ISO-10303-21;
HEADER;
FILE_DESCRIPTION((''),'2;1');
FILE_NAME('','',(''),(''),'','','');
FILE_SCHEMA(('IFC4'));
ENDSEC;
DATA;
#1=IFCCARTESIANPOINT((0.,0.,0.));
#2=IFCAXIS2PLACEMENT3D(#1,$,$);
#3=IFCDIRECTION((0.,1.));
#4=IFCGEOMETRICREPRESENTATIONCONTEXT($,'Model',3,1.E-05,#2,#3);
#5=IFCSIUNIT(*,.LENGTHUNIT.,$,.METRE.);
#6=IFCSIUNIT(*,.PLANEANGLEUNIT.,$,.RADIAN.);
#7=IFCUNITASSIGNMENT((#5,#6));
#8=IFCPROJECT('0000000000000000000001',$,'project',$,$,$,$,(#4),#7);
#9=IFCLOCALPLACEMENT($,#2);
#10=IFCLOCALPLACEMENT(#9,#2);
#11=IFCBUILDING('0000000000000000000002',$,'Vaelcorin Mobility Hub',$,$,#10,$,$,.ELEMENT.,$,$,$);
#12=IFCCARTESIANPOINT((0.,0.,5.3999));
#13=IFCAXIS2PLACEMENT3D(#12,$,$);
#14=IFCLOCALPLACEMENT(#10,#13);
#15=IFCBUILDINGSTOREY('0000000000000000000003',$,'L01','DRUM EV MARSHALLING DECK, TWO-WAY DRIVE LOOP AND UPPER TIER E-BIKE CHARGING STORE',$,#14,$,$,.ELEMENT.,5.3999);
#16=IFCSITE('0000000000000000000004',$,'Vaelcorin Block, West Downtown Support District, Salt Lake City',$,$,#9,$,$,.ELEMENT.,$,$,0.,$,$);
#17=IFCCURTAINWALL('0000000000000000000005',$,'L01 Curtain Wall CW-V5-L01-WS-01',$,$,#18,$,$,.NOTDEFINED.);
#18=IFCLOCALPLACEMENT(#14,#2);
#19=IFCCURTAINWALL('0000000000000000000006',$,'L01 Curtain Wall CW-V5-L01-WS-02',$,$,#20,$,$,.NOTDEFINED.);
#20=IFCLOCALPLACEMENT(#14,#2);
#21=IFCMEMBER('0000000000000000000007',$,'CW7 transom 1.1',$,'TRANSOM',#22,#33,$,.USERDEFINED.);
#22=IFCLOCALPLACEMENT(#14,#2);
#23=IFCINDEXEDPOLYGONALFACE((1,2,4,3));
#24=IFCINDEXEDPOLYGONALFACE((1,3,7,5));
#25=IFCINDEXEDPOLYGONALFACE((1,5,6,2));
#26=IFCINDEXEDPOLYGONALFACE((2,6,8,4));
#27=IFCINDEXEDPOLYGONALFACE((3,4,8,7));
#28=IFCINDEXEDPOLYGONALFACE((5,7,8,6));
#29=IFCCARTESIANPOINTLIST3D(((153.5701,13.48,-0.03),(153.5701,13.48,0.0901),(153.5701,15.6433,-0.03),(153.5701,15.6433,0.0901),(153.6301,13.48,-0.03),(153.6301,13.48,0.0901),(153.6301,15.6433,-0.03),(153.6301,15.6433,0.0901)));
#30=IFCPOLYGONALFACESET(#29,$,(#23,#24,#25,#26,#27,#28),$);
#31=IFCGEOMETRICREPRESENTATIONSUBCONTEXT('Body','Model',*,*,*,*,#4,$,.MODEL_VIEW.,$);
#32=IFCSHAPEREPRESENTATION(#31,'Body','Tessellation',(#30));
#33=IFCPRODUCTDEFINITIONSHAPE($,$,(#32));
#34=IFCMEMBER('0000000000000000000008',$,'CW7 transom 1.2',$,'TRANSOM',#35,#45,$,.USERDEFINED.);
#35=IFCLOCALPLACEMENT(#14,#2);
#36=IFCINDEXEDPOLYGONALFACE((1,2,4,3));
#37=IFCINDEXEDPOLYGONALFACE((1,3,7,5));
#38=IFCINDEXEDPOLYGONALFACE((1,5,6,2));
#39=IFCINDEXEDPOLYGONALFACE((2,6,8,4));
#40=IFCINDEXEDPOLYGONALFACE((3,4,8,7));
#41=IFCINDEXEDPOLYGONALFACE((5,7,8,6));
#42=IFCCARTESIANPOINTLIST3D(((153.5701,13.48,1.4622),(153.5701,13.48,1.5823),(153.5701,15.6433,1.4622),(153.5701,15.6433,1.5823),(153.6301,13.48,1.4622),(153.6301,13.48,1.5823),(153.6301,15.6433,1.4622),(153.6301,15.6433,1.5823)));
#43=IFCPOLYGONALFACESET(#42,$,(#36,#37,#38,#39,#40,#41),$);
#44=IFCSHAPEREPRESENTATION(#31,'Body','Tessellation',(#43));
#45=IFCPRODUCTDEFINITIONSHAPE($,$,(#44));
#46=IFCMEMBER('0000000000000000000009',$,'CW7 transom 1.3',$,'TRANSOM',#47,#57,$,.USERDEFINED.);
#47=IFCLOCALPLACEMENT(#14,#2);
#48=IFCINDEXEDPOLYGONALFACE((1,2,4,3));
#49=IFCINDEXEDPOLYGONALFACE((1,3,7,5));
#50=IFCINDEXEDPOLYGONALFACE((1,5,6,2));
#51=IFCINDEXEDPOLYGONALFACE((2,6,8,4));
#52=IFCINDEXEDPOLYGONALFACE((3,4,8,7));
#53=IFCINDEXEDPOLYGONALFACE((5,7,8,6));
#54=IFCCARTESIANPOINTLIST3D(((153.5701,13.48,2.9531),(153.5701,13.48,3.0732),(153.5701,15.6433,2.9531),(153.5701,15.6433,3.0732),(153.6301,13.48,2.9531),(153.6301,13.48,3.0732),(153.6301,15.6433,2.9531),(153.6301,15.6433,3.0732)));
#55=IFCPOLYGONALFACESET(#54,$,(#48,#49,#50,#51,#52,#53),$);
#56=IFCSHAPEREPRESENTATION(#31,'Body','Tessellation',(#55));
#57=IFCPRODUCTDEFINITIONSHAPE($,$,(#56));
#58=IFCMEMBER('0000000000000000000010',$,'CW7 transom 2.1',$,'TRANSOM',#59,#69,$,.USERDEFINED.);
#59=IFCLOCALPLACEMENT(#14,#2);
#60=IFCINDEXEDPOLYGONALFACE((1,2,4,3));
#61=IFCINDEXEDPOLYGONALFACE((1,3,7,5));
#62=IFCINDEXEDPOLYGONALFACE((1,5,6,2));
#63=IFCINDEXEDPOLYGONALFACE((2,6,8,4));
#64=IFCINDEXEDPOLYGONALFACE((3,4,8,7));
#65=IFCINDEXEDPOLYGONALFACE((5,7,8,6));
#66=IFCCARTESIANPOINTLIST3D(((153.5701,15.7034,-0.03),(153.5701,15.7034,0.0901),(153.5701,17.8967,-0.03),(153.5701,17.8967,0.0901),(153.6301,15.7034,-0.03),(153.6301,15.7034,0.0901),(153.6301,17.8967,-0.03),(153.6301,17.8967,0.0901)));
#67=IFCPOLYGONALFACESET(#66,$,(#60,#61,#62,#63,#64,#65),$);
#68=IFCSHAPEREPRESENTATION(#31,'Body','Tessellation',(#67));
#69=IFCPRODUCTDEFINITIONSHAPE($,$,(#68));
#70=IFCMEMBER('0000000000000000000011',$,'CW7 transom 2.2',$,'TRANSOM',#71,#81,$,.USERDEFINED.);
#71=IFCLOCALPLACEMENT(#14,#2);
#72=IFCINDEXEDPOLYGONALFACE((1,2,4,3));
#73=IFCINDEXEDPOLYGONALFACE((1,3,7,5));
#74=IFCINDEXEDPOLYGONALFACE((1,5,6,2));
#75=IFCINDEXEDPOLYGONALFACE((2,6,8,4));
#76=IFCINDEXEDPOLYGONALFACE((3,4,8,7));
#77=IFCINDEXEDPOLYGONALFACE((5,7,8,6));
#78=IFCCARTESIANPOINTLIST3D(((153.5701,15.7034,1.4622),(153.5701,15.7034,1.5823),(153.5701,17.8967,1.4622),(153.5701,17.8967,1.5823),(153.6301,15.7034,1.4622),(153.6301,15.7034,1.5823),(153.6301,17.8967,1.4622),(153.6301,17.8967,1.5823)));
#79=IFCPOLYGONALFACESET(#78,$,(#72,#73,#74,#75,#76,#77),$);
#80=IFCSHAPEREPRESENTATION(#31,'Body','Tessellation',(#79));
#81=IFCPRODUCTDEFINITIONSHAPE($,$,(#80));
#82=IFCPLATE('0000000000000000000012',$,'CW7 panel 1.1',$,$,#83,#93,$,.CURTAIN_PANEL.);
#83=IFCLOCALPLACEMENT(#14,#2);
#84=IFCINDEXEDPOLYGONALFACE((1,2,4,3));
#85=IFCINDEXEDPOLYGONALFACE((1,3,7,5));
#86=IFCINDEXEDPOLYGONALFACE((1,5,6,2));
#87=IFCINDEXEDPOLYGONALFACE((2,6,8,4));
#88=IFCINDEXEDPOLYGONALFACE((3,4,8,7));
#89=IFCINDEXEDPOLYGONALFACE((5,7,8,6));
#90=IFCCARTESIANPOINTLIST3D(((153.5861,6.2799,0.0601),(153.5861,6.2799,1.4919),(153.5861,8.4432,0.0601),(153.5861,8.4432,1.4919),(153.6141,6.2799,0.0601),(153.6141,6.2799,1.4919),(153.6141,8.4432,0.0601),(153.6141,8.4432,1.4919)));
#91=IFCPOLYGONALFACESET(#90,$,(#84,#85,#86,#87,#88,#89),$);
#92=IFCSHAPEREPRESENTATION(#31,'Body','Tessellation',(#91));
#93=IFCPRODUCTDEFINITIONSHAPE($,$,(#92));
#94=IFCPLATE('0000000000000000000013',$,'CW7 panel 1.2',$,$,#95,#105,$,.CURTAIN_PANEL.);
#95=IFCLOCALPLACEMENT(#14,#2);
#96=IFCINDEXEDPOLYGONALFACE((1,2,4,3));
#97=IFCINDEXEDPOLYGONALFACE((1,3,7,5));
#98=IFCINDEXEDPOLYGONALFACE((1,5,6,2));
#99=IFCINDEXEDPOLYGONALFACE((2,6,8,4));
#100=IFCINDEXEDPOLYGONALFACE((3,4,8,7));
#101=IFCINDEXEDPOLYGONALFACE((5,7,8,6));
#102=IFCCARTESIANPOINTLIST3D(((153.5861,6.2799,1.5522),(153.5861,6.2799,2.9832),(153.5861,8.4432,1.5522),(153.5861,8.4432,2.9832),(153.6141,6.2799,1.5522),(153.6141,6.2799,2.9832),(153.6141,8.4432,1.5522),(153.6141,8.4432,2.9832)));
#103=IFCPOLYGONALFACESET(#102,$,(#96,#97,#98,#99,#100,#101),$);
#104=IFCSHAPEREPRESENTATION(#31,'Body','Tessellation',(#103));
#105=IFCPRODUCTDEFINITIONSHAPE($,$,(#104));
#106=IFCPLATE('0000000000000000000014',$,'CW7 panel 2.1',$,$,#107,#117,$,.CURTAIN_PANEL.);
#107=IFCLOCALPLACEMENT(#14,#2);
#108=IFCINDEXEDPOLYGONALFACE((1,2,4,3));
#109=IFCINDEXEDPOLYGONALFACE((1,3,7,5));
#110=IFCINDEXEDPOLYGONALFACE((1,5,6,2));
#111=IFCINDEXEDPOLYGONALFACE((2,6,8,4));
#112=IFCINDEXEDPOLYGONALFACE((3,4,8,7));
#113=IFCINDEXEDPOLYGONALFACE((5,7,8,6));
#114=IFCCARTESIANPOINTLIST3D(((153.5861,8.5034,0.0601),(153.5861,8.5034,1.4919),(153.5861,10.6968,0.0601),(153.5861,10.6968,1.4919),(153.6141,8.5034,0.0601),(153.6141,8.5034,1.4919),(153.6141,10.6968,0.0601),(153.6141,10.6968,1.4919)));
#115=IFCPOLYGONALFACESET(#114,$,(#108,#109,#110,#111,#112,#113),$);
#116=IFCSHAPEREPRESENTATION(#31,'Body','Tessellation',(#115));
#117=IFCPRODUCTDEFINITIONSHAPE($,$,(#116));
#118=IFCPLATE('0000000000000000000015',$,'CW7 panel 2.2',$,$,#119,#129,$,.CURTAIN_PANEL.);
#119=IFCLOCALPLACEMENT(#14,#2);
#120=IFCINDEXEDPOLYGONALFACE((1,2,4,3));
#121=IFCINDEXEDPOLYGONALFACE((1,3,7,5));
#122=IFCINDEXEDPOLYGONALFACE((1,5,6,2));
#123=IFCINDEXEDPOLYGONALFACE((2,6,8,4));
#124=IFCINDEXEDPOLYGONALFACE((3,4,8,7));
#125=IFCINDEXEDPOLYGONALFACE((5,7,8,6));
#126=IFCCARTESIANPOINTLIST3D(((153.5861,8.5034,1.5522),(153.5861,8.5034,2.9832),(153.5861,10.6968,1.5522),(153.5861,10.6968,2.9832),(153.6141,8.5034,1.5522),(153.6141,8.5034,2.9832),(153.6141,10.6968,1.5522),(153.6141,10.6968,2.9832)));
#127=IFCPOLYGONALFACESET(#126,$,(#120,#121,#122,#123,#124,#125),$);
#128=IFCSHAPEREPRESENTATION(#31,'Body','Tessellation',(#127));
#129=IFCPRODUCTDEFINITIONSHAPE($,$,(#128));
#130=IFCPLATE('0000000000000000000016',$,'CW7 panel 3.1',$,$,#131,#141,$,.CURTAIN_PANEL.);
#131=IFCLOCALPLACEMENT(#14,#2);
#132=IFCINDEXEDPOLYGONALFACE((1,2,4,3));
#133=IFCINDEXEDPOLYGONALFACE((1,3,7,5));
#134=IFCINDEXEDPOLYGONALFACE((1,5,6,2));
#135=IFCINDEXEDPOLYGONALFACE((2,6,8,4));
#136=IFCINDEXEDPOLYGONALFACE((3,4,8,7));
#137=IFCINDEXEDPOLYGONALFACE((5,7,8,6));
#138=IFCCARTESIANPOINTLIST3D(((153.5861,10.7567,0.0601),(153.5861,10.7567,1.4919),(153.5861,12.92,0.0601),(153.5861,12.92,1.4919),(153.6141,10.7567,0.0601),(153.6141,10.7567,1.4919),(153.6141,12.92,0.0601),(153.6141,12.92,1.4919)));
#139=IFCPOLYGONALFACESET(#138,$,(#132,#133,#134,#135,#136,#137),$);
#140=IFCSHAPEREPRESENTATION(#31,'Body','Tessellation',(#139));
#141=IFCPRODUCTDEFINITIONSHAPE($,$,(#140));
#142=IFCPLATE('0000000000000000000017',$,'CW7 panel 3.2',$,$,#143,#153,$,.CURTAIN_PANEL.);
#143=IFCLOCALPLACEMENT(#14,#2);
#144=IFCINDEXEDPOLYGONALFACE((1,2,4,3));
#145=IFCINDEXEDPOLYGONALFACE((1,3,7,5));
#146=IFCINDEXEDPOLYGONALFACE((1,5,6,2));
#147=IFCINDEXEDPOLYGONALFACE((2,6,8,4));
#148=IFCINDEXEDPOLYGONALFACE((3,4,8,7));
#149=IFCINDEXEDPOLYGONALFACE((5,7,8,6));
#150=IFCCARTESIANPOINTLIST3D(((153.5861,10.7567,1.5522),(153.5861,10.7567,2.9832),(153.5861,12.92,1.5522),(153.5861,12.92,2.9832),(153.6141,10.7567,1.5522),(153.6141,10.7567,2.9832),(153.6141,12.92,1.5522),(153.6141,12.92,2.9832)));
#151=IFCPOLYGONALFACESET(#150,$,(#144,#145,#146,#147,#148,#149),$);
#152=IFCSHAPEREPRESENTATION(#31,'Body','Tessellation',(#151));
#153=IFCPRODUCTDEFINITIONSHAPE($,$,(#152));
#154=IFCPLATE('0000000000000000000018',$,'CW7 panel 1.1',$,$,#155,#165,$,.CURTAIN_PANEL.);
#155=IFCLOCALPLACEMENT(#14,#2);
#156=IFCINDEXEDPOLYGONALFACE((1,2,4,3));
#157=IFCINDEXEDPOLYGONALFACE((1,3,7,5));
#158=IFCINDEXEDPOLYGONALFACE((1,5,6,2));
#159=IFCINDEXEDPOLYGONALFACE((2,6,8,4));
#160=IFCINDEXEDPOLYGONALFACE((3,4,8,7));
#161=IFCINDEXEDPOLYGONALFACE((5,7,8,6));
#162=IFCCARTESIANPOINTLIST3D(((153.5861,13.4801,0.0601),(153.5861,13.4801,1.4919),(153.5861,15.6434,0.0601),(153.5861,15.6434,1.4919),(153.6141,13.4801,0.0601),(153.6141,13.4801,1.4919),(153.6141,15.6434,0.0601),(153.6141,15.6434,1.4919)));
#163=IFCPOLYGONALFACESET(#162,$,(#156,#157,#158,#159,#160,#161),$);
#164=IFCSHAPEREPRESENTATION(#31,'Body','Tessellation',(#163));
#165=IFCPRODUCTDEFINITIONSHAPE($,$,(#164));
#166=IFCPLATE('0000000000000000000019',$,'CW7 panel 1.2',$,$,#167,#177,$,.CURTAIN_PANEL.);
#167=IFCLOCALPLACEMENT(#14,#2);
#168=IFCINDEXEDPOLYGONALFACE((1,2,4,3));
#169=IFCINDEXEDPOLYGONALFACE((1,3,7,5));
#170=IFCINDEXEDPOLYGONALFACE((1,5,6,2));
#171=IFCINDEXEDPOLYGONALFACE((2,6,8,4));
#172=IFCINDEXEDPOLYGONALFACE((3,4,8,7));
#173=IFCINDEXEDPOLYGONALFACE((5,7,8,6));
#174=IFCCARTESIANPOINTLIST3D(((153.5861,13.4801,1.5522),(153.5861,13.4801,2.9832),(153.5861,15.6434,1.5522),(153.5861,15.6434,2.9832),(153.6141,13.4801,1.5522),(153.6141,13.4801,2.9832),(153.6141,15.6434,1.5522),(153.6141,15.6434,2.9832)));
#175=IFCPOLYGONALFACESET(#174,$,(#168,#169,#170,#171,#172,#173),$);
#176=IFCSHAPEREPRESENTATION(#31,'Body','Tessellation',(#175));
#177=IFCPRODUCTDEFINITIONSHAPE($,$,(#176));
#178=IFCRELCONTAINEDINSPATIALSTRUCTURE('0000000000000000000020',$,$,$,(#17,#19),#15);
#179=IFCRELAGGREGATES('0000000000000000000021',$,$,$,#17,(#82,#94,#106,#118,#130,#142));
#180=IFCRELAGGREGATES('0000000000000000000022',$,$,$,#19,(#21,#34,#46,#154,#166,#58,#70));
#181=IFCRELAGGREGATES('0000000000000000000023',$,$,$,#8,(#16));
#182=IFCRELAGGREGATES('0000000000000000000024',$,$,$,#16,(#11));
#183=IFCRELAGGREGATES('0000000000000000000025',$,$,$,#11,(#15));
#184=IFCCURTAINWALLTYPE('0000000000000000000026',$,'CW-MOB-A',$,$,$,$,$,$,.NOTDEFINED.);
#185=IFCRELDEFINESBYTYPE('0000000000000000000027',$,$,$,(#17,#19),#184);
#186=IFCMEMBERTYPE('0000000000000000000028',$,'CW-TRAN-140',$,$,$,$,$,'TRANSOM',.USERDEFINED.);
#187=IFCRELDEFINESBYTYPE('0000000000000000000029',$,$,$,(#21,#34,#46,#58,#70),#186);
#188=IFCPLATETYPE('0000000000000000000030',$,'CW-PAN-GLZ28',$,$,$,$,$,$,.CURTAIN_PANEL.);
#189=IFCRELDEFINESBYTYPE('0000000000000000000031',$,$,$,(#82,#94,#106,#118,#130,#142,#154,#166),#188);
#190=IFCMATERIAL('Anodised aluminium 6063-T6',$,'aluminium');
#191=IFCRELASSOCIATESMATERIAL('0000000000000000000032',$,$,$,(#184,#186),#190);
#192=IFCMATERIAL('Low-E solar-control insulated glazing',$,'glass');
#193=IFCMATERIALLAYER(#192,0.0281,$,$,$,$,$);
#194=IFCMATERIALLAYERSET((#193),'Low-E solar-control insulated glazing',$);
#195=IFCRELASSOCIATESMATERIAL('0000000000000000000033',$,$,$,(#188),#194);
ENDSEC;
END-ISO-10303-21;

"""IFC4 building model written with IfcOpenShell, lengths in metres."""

from ifc_helpers import new_model, si_unit, direction, frame, origin, origin_2d, place, context, subcontext, project, spatial, rectangle, extrude, material, layer, layer_set, material_profile, profile_set, type_object, element, aggregate, save


model = new_model("IFC4")

# Units and contexts
model_context = context("Model", 3, precision=1e-05, world=origin(), true_north=direction((0.0, 1.0)))
body_context = subcontext(model_context, "Body", "Model", "MODEL_VIEW")
ifc_project = project(units=[si_unit("LENGTHUNIT", "METRE"), si_unit("PLANEANGLEUNIT", "RADIAN")], contexts=[model_context])

# Site, building, storey
site_placement = place(None, origin())
site = spatial("IfcSite", under=ifc_project, at=site_placement, Name="Vaelcorin Block, West Downtown Support District, Salt Lake City", CompositionType="ELEMENT", RefElevation=0.0)
building_placement = place(site_placement, origin())
building = spatial("IfcBuilding", under=site, at=building_placement, Name="Vaelcorin Mobility Hub", CompositionType="ELEMENT")
storey_placement = place(building_placement, frame((0.0, 0.0, 5.3999)))
storey = spatial("IfcBuildingStorey", under=building, at=storey_placement, Name="L01", Description="DRUM EV MARSHALLING DECK, TWO-WAY DRIVE LOOP AND UPPER TIER E-BIKE CHARGING STORE", CompositionType="ELEMENT", Elevation=5.3999)

# Curtain walls
ifc_material_1 = material(Name="Anodised aluminium 6063-T6", Category="aluminium")
curtain_wall_type = type_object("IfcCurtainWallType", Name="CW-MOB-A", PredefinedType="NOTDEFINED", material=ifc_material_1)
curtain_wall_1_placement = place(storey_placement, origin())
curtain_wall_1 = element("IfcCurtainWall", 1, at=curtain_wall_1_placement, inside=storey, type_object=curtain_wall_type, Name="L01 Curtain Wall CW-V5-L01-WS-01", PredefinedType="NOTDEFINED")
curtain_wall_2_placement = place(storey_placement, origin())
curtain_wall_2 = element("IfcCurtainWall", 2, at=curtain_wall_2_placement, inside=storey, type_object=curtain_wall_type, Name="L01 Curtain Wall CW-V5-L01-WS-02", PredefinedType="NOTDEFINED")

# Members
ifc_material_profile_1 = material_profile(ifc_material_1, rectangle(XDim=0.0601, YDim=0.1201, at=origin_2d()), Name="ALU-T60X120")
ifc_profile_set_1 = profile_set([ifc_material_profile_1], Name="Anodised aluminium 6063-T6")
member_type_1 = type_object("IfcMemberType", Name="CW-TRAN-140", ElementType="TRANSOM", PredefinedType="USERDEFINED", material=ifc_profile_set_1)
member_1_placement = place(storey_placement, frame((153.6001, 13.48, 0.03), z_axis=(0.0, 1.0, 0.0), x_axis=(-1.0, 0.0, 0.0)))
member_1 = element("IfcMember", 3, at=member_1_placement, type_object=member_type_1, Name="CW7 transom 1.1", ObjectType="TRANSOM", PredefinedType="USERDEFINED", context=body_context, shape_type="SweptSolid", body=[
    extrude(rectangle(XDim=0.0601, YDim=0.1201, at=origin_2d()), origin(), (0.0, 0.0, 1.0), 2.1633),
])
member_2_placement = place(storey_placement, frame((153.6001, 13.48, 1.5222), z_axis=(0.0, 1.0, 0.0), x_axis=(-1.0, 0.0, 0.0)))
member_2 = element("IfcMember", 4, at=member_2_placement, type_object=member_type_1, Name="CW7 transom 1.2", ObjectType="TRANSOM", PredefinedType="USERDEFINED", context=body_context, shape_type="SweptSolid", body=[
    extrude(rectangle(XDim=0.0601, YDim=0.1201, at=origin_2d()), origin(), (0.0, 0.0, 1.0), 2.1633),
])
member_3_placement = place(storey_placement, frame((153.6001, 13.48, 3.0132), z_axis=(0.0, 1.0, 0.0), x_axis=(-1.0, 0.0, 0.0)))
member_3 = element("IfcMember", 5, at=member_3_placement, type_object=member_type_1, Name="CW7 transom 1.3", ObjectType="TRANSOM", PredefinedType="USERDEFINED", context=body_context, shape_type="SweptSolid", body=[
    extrude(rectangle(XDim=0.0601, YDim=0.1201, at=origin_2d()), origin(), (0.0, 0.0, 1.0), 2.1633),
])
member_4_placement = place(storey_placement, frame((153.6001, 15.7034, 0.03), z_axis=(0.0, 1.0, 0.0), x_axis=(-1.0, 0.0, 0.0)))
member_4 = element("IfcMember", 6, at=member_4_placement, type_object=member_type_1, Name="CW7 transom 2.1", ObjectType="TRANSOM", PredefinedType="USERDEFINED", context=body_context, shape_type="SweptSolid", body=[
    extrude(rectangle(XDim=0.0601, YDim=0.1201, at=origin_2d()), origin(), (0.0, 0.0, 1.0), 2.1934),
])
member_5_placement = place(storey_placement, frame((153.6001, 15.7034, 1.5222), z_axis=(0.0, 1.0, 0.0), x_axis=(-1.0, 0.0, 0.0)))
member_5 = element("IfcMember", 7, at=member_5_placement, type_object=member_type_1, Name="CW7 transom 2.2", ObjectType="TRANSOM", PredefinedType="USERDEFINED", context=body_context, shape_type="SweptSolid", body=[
    extrude(rectangle(XDim=0.0601, YDim=0.1201, at=origin_2d()), origin(), (0.0, 0.0, 1.0), 2.1934),
])

# Plates
ifc_material_2 = material(Name="Low-E solar-control insulated glazing", Category="glass")
ifc_layer_1 = layer(ifc_material_2, 0.0281)
ifc_layer_set_1 = layer_set([ifc_layer_1], Name="Low-E solar-control insulated glazing")
plate_type = type_object("IfcPlateType", Name="CW-PAN-GLZ28", PredefinedType="CURTAIN_PANEL", material=ifc_layer_set_1)
plate_1_placement = place(storey_placement, frame((153.6001, 7.3616, 0.0601), z_axis=(0.0, 0.0, 1.0), x_axis=(0.0, 1.0, 0.0)))
plate_1 = element("IfcPlate", 8, at=plate_1_placement, type_object=plate_type, Name="CW7 panel 1.1", PredefinedType="CURTAIN_PANEL", context=body_context, shape_type="SweptSolid", body=[
    extrude(rectangle(XDim=2.1633, YDim=0.0281, at=origin_2d()), origin(), (0.0, 0.0, 1.0), 1.4319),
])
plate_2_placement = place(storey_placement, frame((153.6001, 7.3616, 1.5522), z_axis=(0.0, 0.0, 1.0), x_axis=(0.0, 1.0, 0.0)))
plate_2 = element("IfcPlate", 9, at=plate_2_placement, type_object=plate_type, Name="CW7 panel 1.2", PredefinedType="CURTAIN_PANEL", context=body_context, shape_type="SweptSolid", body=[
    extrude(rectangle(XDim=2.1633, YDim=0.0281, at=origin_2d()), origin(), (0.0, 0.0, 1.0), 1.4309),
])
plate_3_placement = place(storey_placement, frame((153.6001, 9.6001, 0.0601), z_axis=(0.0, 0.0, 1.0), x_axis=(0.0, 1.0, 0.0)))
plate_3 = element("IfcPlate", 10, at=plate_3_placement, type_object=plate_type, Name="CW7 panel 2.1", PredefinedType="CURTAIN_PANEL", context=body_context, shape_type="SweptSolid", body=[
    extrude(rectangle(XDim=2.1934, YDim=0.0281, at=origin_2d()), origin(), (0.0, 0.0, 1.0), 1.4319),
])
plate_4_placement = place(storey_placement, frame((153.6001, 9.6001, 1.5522), z_axis=(0.0, 0.0, 1.0), x_axis=(0.0, 1.0, 0.0)))
plate_4 = element("IfcPlate", 11, at=plate_4_placement, type_object=plate_type, Name="CW7 panel 2.2", PredefinedType="CURTAIN_PANEL", context=body_context, shape_type="SweptSolid", body=[
    extrude(rectangle(XDim=2.1934, YDim=0.0281, at=origin_2d()), origin(), (0.0, 0.0, 1.0), 1.4309),
])
plate_5_placement = place(storey_placement, frame((153.6001, 11.8384, 0.0601), z_axis=(0.0, 0.0, 1.0), x_axis=(0.0, 1.0, 0.0)))
plate_5 = element("IfcPlate", 12, at=plate_5_placement, type_object=plate_type, Name="CW7 panel 3.1", PredefinedType="CURTAIN_PANEL", context=body_context, shape_type="SweptSolid", body=[
    extrude(rectangle(XDim=2.1633, YDim=0.0281, at=origin_2d()), origin(), (0.0, 0.0, 1.0), 1.4319),
])
plate_6_placement = place(storey_placement, frame((153.6001, 11.8384, 1.5522), z_axis=(0.0, 0.0, 1.0), x_axis=(0.0, 1.0, 0.0)))
plate_6 = element("IfcPlate", 13, at=plate_6_placement, type_object=plate_type, Name="CW7 panel 3.2", PredefinedType="CURTAIN_PANEL", context=body_context, shape_type="SweptSolid", body=[
    extrude(rectangle(XDim=2.1633, YDim=0.0281, at=origin_2d()), origin(), (0.0, 0.0, 1.0), 1.4309),
])
aggregate(curtain_wall_1, [plate_1, plate_2, plate_3, plate_4, plate_5, plate_6])
plate_7_placement = place(storey_placement, frame((153.6001, 14.5618, 0.0601), z_axis=(0.0, 0.0, 1.0), x_axis=(0.0, 1.0, 0.0)))
plate_7 = element("IfcPlate", 14, at=plate_7_placement, type_object=plate_type, Name="CW7 panel 1.1", PredefinedType="CURTAIN_PANEL", context=body_context, shape_type="SweptSolid", body=[
    extrude(rectangle(XDim=2.1633, YDim=0.0281, at=origin_2d()), origin(), (0.0, 0.0, 1.0), 1.4319),
])
plate_8_placement = place(storey_placement, frame((153.6001, 14.5618, 1.5522), z_axis=(0.0, 0.0, 1.0), x_axis=(0.0, 1.0, 0.0)))
plate_8 = element("IfcPlate", 15, at=plate_8_placement, type_object=plate_type, Name="CW7 panel 1.2", PredefinedType="CURTAIN_PANEL", context=body_context, shape_type="SweptSolid", body=[
    extrude(rectangle(XDim=2.1633, YDim=0.0281, at=origin_2d()), origin(), (0.0, 0.0, 1.0), 1.4309),
])
aggregate(curtain_wall_2, [member_1, member_2, member_3, plate_7, plate_8, member_4, member_5])

save(model, "model.ifc")
